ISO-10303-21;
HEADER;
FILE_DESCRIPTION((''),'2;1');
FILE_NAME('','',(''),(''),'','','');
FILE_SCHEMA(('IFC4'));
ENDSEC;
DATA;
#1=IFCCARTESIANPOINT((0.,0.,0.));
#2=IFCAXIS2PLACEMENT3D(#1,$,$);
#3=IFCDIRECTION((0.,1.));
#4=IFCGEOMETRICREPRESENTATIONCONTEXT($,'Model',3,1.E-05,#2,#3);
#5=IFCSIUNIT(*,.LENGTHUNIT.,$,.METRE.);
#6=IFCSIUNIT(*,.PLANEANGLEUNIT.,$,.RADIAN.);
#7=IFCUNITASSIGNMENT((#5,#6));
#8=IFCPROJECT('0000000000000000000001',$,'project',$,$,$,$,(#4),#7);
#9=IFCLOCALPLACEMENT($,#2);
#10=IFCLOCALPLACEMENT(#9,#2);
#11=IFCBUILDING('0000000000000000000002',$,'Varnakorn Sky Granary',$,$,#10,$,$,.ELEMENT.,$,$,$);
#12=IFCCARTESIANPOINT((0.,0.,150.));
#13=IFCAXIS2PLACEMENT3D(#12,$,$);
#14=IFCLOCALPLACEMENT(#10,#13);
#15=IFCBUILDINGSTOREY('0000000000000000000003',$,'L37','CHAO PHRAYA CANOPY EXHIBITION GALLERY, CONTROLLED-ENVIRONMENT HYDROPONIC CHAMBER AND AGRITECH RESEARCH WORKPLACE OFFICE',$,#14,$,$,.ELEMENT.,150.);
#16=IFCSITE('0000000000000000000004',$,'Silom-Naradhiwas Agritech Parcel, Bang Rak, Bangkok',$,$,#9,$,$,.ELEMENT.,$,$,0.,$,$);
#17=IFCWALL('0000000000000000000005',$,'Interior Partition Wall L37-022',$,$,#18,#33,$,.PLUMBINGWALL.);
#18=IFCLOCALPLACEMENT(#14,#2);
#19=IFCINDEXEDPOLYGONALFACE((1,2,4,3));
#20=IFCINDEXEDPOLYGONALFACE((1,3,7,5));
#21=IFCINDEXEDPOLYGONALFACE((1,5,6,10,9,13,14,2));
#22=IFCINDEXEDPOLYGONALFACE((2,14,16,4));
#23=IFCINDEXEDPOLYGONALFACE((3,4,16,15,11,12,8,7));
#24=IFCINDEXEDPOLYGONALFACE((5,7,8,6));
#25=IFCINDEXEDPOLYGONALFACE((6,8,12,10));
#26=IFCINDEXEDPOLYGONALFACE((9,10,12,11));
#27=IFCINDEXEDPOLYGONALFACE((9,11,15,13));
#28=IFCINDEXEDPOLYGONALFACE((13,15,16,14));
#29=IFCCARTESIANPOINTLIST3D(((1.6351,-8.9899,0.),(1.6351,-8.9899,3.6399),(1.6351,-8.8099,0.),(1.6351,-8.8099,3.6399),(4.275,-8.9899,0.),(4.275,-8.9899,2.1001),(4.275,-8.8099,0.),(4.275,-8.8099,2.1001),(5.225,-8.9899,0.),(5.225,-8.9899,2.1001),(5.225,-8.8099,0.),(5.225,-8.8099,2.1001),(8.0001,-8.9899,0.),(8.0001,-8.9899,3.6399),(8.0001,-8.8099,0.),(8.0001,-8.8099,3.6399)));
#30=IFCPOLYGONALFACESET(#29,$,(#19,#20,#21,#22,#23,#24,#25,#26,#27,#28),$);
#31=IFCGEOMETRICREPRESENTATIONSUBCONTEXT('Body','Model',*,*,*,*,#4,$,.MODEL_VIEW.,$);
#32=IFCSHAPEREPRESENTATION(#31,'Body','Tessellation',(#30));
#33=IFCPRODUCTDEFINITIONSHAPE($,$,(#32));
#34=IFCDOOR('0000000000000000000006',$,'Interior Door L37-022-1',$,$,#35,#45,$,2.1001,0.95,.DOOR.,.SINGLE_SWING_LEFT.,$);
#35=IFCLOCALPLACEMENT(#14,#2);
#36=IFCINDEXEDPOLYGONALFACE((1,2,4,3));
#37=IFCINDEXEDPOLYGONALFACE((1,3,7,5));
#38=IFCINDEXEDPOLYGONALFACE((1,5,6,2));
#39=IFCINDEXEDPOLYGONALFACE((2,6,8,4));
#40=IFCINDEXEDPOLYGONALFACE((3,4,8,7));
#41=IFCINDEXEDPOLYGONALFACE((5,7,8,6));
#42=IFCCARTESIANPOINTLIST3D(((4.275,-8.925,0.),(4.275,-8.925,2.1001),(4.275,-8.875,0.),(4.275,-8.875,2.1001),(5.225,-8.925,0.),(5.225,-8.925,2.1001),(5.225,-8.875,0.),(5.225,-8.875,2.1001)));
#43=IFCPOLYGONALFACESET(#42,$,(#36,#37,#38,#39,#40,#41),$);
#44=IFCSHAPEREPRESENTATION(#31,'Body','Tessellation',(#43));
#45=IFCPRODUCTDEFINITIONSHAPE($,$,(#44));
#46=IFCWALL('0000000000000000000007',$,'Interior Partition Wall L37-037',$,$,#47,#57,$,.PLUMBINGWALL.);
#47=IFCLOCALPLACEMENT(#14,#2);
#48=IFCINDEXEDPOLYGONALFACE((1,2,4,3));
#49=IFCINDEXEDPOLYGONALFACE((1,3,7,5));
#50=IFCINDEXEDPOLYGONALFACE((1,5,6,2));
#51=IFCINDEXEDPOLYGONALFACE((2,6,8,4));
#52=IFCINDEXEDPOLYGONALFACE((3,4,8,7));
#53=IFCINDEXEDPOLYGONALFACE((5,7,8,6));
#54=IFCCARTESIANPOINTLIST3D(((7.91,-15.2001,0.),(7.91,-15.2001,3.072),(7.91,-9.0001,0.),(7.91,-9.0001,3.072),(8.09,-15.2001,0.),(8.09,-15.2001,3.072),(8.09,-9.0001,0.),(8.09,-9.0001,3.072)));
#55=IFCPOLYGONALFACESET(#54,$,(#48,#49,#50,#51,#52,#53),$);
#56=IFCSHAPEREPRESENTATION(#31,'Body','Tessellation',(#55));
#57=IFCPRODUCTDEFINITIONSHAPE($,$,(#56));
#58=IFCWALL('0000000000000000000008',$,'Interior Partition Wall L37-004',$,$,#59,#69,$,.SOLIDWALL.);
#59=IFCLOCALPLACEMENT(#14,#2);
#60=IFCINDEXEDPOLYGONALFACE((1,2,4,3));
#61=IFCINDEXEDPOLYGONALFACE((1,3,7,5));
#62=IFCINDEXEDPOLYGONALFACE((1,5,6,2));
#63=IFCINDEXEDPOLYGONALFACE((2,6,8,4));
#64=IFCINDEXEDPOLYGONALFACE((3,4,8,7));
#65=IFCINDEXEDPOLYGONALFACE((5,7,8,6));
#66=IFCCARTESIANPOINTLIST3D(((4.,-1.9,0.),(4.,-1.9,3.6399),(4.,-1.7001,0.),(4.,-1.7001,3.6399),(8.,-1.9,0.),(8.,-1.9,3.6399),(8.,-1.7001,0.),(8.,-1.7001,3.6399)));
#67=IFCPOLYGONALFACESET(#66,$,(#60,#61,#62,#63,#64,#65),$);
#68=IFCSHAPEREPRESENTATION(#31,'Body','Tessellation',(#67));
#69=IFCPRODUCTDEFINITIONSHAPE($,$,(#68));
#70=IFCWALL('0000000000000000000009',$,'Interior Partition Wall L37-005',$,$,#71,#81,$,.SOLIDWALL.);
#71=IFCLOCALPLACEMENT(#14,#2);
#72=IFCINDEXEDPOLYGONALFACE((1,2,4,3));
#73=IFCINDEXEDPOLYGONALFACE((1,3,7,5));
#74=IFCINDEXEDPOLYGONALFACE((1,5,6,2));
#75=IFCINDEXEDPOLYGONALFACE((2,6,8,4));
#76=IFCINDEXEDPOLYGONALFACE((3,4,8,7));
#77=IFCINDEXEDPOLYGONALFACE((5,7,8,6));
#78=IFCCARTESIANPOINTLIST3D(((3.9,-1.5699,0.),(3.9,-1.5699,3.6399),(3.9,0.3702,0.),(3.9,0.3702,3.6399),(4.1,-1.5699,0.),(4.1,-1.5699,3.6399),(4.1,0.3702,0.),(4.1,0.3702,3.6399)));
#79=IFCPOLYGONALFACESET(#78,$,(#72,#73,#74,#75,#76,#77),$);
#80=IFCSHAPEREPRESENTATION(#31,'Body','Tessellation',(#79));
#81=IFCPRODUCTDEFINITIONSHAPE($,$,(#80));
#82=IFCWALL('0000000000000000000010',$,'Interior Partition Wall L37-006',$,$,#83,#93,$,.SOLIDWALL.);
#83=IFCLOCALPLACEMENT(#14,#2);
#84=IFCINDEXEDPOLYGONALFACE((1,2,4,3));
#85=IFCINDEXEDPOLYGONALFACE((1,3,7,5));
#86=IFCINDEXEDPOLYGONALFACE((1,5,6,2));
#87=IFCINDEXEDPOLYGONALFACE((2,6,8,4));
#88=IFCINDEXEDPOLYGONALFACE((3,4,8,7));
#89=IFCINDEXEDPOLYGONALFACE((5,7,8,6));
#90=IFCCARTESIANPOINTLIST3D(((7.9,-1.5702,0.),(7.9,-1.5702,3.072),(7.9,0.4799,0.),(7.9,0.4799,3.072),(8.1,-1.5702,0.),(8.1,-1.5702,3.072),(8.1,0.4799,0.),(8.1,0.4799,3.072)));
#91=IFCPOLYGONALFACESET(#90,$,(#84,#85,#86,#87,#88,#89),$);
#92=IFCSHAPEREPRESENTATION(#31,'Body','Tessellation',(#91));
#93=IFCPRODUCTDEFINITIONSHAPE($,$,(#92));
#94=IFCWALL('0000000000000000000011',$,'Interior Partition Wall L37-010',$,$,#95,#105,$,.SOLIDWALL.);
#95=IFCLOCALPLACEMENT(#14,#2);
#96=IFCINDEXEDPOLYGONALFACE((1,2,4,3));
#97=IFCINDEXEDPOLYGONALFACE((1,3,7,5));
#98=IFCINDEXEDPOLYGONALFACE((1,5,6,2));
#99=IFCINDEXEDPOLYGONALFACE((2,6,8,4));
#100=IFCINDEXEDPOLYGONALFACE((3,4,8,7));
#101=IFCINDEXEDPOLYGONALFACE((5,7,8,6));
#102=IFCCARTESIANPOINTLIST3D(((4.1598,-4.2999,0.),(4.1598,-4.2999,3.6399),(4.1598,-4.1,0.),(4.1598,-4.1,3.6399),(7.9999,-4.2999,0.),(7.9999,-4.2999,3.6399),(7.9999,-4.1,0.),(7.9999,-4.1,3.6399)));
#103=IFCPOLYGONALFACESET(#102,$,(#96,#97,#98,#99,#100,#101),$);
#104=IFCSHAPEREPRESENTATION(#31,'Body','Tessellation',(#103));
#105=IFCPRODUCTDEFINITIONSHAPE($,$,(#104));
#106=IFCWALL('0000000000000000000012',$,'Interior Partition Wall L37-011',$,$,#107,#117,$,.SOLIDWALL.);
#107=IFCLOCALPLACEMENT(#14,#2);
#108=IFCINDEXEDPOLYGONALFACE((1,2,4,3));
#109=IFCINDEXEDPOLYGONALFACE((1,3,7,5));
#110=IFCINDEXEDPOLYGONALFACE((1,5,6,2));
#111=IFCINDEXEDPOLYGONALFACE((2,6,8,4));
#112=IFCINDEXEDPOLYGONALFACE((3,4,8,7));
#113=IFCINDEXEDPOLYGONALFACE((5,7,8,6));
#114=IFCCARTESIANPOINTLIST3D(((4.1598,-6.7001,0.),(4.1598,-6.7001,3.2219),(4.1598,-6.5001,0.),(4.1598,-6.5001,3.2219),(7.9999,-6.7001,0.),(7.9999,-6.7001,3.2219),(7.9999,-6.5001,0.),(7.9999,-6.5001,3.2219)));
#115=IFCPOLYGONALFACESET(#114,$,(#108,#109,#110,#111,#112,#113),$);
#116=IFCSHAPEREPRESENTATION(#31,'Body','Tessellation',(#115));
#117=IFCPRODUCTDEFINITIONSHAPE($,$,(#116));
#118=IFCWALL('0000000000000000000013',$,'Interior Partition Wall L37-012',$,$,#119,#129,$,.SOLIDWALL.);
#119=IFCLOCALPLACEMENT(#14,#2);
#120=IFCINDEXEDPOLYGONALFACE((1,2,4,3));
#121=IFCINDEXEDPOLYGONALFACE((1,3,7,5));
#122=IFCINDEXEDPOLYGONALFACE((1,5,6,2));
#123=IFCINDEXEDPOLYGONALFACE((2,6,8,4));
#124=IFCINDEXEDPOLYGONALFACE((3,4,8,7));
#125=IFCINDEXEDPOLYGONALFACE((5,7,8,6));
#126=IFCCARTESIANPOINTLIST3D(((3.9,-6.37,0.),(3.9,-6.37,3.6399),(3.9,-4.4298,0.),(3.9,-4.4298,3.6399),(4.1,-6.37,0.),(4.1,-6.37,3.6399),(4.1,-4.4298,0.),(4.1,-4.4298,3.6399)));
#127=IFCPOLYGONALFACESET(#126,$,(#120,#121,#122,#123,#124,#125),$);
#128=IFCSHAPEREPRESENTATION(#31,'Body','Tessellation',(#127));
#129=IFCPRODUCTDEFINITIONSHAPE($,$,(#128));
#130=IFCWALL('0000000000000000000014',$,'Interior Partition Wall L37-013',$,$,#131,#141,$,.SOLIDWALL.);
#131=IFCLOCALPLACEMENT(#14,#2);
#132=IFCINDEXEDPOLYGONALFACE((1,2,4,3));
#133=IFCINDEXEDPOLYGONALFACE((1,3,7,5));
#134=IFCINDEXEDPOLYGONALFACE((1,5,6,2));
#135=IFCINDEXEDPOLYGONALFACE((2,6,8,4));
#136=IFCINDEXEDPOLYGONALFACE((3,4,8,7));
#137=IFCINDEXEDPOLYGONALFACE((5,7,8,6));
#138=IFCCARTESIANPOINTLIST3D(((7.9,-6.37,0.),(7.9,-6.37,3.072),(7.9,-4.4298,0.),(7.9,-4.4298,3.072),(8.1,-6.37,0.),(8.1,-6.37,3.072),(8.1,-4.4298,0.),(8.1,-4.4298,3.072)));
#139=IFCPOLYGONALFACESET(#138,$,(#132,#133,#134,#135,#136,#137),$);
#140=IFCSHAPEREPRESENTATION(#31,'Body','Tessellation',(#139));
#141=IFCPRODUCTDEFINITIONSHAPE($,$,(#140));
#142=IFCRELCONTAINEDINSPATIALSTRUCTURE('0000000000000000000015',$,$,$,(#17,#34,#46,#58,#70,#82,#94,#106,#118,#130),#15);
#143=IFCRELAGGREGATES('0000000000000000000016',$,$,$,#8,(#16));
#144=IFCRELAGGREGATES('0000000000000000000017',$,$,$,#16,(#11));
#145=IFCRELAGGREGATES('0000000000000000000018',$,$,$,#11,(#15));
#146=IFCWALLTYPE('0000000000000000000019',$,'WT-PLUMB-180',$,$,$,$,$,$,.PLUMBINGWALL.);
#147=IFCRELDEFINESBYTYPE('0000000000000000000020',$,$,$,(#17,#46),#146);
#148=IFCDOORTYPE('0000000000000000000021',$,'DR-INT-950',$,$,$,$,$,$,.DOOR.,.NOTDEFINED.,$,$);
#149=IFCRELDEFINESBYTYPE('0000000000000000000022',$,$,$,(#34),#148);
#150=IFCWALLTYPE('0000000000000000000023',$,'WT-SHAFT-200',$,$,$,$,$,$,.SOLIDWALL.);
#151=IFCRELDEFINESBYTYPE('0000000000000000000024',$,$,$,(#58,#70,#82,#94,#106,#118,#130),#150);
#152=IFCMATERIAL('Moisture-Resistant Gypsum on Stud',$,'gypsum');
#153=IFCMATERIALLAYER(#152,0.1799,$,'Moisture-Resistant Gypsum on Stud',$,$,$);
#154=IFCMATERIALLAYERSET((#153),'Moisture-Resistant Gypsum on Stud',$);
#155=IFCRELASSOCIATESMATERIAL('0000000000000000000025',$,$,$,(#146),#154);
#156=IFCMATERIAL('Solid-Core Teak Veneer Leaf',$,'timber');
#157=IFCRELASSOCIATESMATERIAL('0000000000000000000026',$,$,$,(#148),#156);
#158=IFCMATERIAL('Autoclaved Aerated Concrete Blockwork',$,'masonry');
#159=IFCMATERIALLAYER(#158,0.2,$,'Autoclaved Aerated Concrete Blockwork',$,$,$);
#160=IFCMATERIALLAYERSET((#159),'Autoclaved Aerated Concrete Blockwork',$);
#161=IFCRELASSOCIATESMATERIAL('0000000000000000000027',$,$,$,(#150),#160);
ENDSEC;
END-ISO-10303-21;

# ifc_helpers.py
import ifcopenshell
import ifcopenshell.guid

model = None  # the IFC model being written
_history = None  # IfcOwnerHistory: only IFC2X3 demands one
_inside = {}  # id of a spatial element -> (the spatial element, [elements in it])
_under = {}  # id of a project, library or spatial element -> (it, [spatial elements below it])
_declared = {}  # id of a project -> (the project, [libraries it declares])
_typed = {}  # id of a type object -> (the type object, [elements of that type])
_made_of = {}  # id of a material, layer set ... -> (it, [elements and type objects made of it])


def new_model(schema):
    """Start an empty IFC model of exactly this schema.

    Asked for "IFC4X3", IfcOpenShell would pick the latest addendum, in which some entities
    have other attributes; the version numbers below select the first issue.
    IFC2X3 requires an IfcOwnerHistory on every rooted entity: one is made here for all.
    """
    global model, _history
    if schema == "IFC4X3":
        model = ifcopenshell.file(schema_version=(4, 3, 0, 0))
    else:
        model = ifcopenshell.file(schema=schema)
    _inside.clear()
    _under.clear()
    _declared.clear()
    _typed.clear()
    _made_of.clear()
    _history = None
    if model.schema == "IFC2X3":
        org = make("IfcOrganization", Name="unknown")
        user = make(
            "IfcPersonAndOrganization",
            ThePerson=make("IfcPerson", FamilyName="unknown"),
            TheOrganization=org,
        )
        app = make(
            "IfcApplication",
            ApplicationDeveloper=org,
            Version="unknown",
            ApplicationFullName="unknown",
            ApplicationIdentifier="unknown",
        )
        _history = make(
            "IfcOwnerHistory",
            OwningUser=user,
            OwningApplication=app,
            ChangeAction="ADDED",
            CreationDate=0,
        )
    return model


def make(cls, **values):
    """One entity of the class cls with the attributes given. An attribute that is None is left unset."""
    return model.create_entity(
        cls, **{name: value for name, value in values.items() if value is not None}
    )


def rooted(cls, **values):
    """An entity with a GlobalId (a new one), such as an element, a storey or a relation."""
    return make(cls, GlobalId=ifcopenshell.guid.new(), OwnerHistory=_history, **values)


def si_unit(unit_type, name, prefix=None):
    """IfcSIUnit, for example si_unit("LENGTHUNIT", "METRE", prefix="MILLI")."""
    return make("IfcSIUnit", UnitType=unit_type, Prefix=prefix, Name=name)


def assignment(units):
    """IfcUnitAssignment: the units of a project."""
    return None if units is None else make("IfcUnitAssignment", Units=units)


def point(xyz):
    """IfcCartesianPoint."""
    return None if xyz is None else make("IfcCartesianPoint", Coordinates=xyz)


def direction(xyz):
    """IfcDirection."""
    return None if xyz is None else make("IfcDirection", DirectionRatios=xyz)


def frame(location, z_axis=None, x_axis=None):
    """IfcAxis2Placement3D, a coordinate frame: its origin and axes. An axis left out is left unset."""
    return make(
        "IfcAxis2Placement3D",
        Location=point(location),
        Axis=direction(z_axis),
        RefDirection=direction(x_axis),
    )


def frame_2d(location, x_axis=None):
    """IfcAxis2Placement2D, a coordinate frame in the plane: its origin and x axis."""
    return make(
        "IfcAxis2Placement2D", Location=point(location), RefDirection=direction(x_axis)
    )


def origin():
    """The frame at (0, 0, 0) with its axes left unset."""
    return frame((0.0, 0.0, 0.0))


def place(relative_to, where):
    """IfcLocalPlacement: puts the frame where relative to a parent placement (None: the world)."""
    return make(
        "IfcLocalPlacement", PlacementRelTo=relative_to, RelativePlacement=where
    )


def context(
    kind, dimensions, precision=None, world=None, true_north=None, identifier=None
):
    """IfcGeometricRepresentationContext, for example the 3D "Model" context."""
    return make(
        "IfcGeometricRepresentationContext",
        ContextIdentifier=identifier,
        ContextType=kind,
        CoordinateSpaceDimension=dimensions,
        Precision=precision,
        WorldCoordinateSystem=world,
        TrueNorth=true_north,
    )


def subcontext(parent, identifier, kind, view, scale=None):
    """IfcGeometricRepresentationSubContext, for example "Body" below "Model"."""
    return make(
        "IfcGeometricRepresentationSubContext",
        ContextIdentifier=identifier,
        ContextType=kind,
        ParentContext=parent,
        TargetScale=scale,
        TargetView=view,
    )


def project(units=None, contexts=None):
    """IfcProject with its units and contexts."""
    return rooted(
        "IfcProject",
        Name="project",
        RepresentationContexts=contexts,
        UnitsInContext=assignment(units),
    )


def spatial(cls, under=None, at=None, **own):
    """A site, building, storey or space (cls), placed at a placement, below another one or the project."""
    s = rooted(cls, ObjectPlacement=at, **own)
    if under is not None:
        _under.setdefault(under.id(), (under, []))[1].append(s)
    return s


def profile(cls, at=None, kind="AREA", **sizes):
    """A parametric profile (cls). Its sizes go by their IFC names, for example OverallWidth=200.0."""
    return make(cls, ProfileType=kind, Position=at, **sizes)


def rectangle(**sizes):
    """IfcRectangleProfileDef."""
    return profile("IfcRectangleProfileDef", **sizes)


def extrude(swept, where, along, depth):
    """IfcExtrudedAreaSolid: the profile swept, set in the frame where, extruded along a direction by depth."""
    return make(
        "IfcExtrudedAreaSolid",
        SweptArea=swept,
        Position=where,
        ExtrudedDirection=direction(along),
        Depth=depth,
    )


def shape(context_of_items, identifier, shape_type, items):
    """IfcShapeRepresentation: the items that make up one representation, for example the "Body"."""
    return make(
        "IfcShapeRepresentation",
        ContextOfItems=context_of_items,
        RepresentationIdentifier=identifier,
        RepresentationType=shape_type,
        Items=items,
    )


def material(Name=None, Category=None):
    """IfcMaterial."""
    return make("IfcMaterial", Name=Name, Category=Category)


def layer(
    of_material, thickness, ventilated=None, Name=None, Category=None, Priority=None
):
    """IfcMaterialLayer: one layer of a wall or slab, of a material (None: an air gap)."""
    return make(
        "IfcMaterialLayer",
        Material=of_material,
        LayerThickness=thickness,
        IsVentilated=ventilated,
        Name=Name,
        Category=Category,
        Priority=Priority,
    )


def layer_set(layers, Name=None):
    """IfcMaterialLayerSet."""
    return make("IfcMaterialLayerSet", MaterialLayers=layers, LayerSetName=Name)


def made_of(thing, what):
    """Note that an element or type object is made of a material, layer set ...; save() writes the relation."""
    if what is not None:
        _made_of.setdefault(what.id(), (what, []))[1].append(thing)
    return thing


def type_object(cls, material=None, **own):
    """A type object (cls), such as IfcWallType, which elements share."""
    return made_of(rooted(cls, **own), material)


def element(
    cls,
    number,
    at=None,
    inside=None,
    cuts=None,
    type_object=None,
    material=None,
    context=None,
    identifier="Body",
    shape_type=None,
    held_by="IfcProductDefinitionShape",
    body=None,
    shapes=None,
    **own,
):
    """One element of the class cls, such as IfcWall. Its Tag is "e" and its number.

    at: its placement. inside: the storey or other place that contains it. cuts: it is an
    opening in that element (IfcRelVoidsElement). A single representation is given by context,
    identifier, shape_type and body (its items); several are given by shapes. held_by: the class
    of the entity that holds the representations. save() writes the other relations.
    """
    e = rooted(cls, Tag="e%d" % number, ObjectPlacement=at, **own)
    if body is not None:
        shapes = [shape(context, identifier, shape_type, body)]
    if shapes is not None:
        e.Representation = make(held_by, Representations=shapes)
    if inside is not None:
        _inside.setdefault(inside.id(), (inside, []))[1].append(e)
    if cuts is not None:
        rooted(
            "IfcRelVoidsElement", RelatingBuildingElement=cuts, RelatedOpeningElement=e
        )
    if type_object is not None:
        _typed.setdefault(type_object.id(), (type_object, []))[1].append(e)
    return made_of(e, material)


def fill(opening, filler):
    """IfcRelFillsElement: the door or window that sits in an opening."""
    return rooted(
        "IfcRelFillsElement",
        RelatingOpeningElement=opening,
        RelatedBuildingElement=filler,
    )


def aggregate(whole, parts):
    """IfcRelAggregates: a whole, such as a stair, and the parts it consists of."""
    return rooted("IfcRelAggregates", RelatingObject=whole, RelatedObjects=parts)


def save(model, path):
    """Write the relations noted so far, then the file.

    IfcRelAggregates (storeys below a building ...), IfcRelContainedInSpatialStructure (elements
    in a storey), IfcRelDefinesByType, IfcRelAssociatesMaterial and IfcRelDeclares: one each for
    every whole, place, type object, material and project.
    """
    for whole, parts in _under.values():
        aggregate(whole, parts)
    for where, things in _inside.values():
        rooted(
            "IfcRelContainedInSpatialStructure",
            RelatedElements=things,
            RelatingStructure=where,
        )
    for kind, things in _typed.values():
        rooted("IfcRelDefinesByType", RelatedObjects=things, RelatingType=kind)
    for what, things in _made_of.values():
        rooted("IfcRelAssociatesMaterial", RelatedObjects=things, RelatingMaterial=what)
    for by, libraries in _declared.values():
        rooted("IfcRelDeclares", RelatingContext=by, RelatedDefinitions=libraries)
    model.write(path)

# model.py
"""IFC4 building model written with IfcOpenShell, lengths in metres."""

from ifc_helpers import new_model, si_unit, direction, frame, frame_2d, origin, place, context, subcontext, project, spatial, rectangle, extrude, material, layer, layer_set, type_object, element, fill, save


model = new_model("IFC4")

# Units and contexts
model_context = context("Model", 3, precision=1e-05, world=origin(), true_north=direction((0.0, 1.0)))
body_context = subcontext(model_context, "Body", "Model", "MODEL_VIEW")
ifc_project = project(units=[si_unit("LENGTHUNIT", "METRE"), si_unit("PLANEANGLEUNIT", "RADIAN")], contexts=[model_context])

# Site, building, storey
site_placement = place(None, origin())
site = spatial("IfcSite", under=ifc_project, at=site_placement, Name="Silom-Naradhiwas Agritech Parcel, Bang Rak, Bangkok", CompositionType="ELEMENT", RefElevation=0.0)
building_placement = place(site_placement, origin())
building = spatial("IfcBuilding", under=site, at=building_placement, Name="Varnakorn Sky Granary", CompositionType="ELEMENT")
storey_placement = place(building_placement, frame((0.0, 0.0, 150.0)))
storey = spatial("IfcBuildingStorey", under=building, at=storey_placement, Name="L37", Description="CHAO PHRAYA CANOPY EXHIBITION GALLERY, CONTROLLED-ENVIRONMENT HYDROPONIC CHAMBER AND AGRITECH RESEARCH WORKPLACE OFFICE", CompositionType="ELEMENT", Elevation=150.0)

# Shared definitions
ifc_material_1 = material(Name="Autoclaved Aerated Concrete Blockwork", Category="masonry")

# Wall, opening, door
ifc_material_2 = material(Name="Moisture-Resistant Gypsum on Stud", Category="gypsum")
ifc_layer_1 = layer(ifc_material_2, 0.1799, Name="Moisture-Resistant Gypsum on Stud")
ifc_layer_set_1 = layer_set([ifc_layer_1], Name="Moisture-Resistant Gypsum on Stud")
wall_type_1 = type_object("IfcWallType", Name="WT-PLUMB-180", PredefinedType="PLUMBINGWALL", material=ifc_layer_set_1)
wall_1_placement = place(storey_placement, frame((1.635, -8.8999, 0.0), z_axis=(0.0, 0.0, 1.0), x_axis=(1.0, 0.0, 0.0)))
wall_1 = element("IfcWall", 1, at=wall_1_placement, inside=storey, type_object=wall_type_1, Name="Interior Partition Wall L37-022", PredefinedType="PLUMBINGWALL", context=body_context, shape_type="SweptSolid", body=[
    extrude(rectangle(XDim=6.365, YDim=0.1799, at=frame_2d((3.1826, 0.0))), origin(), (0.0, 0.0, 1.0), 3.6399),
])
opening_1_placement = place(wall_1_placement, frame((2.6399, 0.0, 0.0)))
opening_1 = element("IfcOpeningElement", 2, at=opening_1_placement, cuts=wall_1, PredefinedType="OPENING", context=body_context, shape_type="SweptSolid", body=[
    extrude(rectangle(XDim=0.95, YDim=2.1001, at=frame_2d((0.4751, 1.05))), frame((0.0, 0.1001, 0.0), z_axis=(0.0, -1.0, 0.0), x_axis=(1.0, 0.0, 0.0)), (0.0, 0.0, 1.0), 0.2),
])
ifc_material_3 = material(Name="Solid-Core Teak Veneer Leaf", Category="timber")
door_type_1 = type_object("IfcDoorType", Name="DR-INT-950", OperationType="NOTDEFINED", PredefinedType="DOOR", material=ifc_material_3)
door_1_placement = place(opening_1_placement, origin())
door_1 = element("IfcDoor", 3, at=door_1_placement, inside=storey, type_object=door_type_1, Name="Interior Door L37-022-1", OperationType="SINGLE_SWING_LEFT", OverallHeight=2.1001, OverallWidth=0.95, PredefinedType="DOOR", context=body_context, shape_type="SweptSolid", body=[
    extrude(rectangle(XDim=0.95, YDim=2.1001, at=frame_2d((0.4751, 1.05))), frame((0.0, 0.0249, 0.0), z_axis=(0.0, -1.0, 0.0), x_axis=(1.0, 0.0, 0.0)), (0.0, 0.0, 1.0), 0.05),
])
fill(opening_1, door_1)

# Walls
wall_2_placement = place(storey_placement, frame((8.0, -9.0, 0.0), z_axis=(0.0, 0.0, 1.0), x_axis=(0.0, -1.0, 0.0)))
element("IfcWall", 4, at=wall_2_placement, inside=storey, type_object=wall_type_1, Name="Interior Partition Wall L37-037", PredefinedType="PLUMBINGWALL", context=body_context, shape_type="SweptSolid", body=[
    extrude(rectangle(XDim=6.2, YDim=0.1799, at=frame_2d((3.1001, 0.0))), origin(), (0.0, 0.0, 1.0), 3.072),
])
ifc_layer_2 = layer(ifc_material_1, 0.2, Name="Autoclaved Aerated Concrete Blockwork")
ifc_layer_set_2 = layer_set([ifc_layer_2], Name="Autoclaved Aerated Concrete Blockwork")
wall_type_2 = type_object("IfcWallType", Name="WT-SHAFT-200", PredefinedType="SOLIDWALL", material=ifc_layer_set_2)
wall_3_placement = place(storey_placement, frame((4.0, -1.8, 0.0), z_axis=(0.0, 0.0, 1.0), x_axis=(1.0, 0.0, 0.0)))
element("IfcWall", 5, at=wall_3_placement, inside=storey, type_object=wall_type_2, Name="Interior Partition Wall L37-004", PredefinedType="SOLIDWALL", context=body_context, shape_type="SweptSolid", body=[
    extrude(rectangle(XDim=4.0, YDim=0.2, at=frame_2d((2.0, 0.0))), origin(), (0.0, 0.0, 1.0), 3.6399),
])
wall_4_placement = place(storey_placement, frame((4.0, -1.5701, 0.0), z_axis=(0.0, 0.0, 1.0), x_axis=(0.0, 1.0, 0.0)))
element("IfcWall", 6, at=wall_4_placement, inside=storey, type_object=wall_type_2, Name="Interior Partition Wall L37-005", PredefinedType="SOLIDWALL", context=body_context, shape_type="SweptSolid", body=[
    extrude(rectangle(XDim=1.9402, YDim=0.2, at=frame_2d((0.9702, 0.0))), origin(), (0.0, 0.0, 1.0), 3.6399),
])
wall_5_placement = place(storey_placement, frame((8.0, -1.5701, 0.0), z_axis=(0.0, 0.0, 1.0), x_axis=(0.0, 1.0, 0.0)))
element("IfcWall", 7, at=wall_5_placement, inside=storey, type_object=wall_type_2, Name="Interior Partition Wall L37-006", PredefinedType="SOLIDWALL", context=body_context, shape_type="SweptSolid", body=[
    extrude(rectangle(XDim=2.05, YDim=0.2, at=frame_2d((1.0249, 0.0))), origin(), (0.0, 0.0, 1.0), 3.072),
])
wall_6_placement = place(storey_placement, frame((4.1599, -4.2, 0.0), z_axis=(0.0, 0.0, 1.0), x_axis=(1.0, 0.0, 0.0)))
element("IfcWall", 8, at=wall_6_placement, inside=storey, type_object=wall_type_2, Name="Interior Partition Wall L37-010", PredefinedType="SOLIDWALL", context=body_context, shape_type="SweptSolid", body=[
    extrude(rectangle(XDim=3.8401, YDim=0.2, at=frame_2d((1.9199, 0.0))), origin(), (0.0, 0.0, 1.0), 3.6399),
])
wall_7_placement = place(storey_placement, frame((4.1599, -6.6001, 0.0), z_axis=(0.0, 0.0, 1.0), x_axis=(1.0, 0.0, 0.0)))
element("IfcWall", 9, at=wall_7_placement, inside=storey, type_object=wall_type_2, Name="Interior Partition Wall L37-011", PredefinedType="SOLIDWALL", context=body_context, shape_type="SweptSolid", body=[
    extrude(rectangle(XDim=3.8401, YDim=0.2, at=frame_2d((1.9199, 0.0))), origin(), (0.0, 0.0, 1.0), 3.2219),
])
wall_8_placement = place(storey_placement, frame((4.0, -6.3701, 0.0), z_axis=(0.0, 0.0, 1.0), x_axis=(0.0, 1.0, 0.0)))
element("IfcWall", 10, at=wall_8_placement, inside=storey, type_object=wall_type_2, Name="Interior Partition Wall L37-012", PredefinedType="SOLIDWALL", context=body_context, shape_type="SweptSolid", body=[
    extrude(rectangle(XDim=1.9402, YDim=0.2, at=frame_2d((0.9702, 0.0))), origin(), (0.0, 0.0, 1.0), 3.6399),
])
wall_9_placement = place(storey_placement, frame((8.0, -6.3701, 0.0), z_axis=(0.0, 0.0, 1.0), x_axis=(0.0, 1.0, 0.0)))
element("IfcWall", 11, at=wall_9_placement, inside=storey, type_object=wall_type_2, Name="Interior Partition Wall L37-013", PredefinedType="SOLIDWALL", context=body_context, shape_type="SweptSolid", body=[
    extrude(rectangle(XDim=1.9402, YDim=0.2, at=frame_2d((0.9702, 0.0))), origin(), (0.0, 0.0, 1.0), 3.072),
])

save(model, "model.ifc")
